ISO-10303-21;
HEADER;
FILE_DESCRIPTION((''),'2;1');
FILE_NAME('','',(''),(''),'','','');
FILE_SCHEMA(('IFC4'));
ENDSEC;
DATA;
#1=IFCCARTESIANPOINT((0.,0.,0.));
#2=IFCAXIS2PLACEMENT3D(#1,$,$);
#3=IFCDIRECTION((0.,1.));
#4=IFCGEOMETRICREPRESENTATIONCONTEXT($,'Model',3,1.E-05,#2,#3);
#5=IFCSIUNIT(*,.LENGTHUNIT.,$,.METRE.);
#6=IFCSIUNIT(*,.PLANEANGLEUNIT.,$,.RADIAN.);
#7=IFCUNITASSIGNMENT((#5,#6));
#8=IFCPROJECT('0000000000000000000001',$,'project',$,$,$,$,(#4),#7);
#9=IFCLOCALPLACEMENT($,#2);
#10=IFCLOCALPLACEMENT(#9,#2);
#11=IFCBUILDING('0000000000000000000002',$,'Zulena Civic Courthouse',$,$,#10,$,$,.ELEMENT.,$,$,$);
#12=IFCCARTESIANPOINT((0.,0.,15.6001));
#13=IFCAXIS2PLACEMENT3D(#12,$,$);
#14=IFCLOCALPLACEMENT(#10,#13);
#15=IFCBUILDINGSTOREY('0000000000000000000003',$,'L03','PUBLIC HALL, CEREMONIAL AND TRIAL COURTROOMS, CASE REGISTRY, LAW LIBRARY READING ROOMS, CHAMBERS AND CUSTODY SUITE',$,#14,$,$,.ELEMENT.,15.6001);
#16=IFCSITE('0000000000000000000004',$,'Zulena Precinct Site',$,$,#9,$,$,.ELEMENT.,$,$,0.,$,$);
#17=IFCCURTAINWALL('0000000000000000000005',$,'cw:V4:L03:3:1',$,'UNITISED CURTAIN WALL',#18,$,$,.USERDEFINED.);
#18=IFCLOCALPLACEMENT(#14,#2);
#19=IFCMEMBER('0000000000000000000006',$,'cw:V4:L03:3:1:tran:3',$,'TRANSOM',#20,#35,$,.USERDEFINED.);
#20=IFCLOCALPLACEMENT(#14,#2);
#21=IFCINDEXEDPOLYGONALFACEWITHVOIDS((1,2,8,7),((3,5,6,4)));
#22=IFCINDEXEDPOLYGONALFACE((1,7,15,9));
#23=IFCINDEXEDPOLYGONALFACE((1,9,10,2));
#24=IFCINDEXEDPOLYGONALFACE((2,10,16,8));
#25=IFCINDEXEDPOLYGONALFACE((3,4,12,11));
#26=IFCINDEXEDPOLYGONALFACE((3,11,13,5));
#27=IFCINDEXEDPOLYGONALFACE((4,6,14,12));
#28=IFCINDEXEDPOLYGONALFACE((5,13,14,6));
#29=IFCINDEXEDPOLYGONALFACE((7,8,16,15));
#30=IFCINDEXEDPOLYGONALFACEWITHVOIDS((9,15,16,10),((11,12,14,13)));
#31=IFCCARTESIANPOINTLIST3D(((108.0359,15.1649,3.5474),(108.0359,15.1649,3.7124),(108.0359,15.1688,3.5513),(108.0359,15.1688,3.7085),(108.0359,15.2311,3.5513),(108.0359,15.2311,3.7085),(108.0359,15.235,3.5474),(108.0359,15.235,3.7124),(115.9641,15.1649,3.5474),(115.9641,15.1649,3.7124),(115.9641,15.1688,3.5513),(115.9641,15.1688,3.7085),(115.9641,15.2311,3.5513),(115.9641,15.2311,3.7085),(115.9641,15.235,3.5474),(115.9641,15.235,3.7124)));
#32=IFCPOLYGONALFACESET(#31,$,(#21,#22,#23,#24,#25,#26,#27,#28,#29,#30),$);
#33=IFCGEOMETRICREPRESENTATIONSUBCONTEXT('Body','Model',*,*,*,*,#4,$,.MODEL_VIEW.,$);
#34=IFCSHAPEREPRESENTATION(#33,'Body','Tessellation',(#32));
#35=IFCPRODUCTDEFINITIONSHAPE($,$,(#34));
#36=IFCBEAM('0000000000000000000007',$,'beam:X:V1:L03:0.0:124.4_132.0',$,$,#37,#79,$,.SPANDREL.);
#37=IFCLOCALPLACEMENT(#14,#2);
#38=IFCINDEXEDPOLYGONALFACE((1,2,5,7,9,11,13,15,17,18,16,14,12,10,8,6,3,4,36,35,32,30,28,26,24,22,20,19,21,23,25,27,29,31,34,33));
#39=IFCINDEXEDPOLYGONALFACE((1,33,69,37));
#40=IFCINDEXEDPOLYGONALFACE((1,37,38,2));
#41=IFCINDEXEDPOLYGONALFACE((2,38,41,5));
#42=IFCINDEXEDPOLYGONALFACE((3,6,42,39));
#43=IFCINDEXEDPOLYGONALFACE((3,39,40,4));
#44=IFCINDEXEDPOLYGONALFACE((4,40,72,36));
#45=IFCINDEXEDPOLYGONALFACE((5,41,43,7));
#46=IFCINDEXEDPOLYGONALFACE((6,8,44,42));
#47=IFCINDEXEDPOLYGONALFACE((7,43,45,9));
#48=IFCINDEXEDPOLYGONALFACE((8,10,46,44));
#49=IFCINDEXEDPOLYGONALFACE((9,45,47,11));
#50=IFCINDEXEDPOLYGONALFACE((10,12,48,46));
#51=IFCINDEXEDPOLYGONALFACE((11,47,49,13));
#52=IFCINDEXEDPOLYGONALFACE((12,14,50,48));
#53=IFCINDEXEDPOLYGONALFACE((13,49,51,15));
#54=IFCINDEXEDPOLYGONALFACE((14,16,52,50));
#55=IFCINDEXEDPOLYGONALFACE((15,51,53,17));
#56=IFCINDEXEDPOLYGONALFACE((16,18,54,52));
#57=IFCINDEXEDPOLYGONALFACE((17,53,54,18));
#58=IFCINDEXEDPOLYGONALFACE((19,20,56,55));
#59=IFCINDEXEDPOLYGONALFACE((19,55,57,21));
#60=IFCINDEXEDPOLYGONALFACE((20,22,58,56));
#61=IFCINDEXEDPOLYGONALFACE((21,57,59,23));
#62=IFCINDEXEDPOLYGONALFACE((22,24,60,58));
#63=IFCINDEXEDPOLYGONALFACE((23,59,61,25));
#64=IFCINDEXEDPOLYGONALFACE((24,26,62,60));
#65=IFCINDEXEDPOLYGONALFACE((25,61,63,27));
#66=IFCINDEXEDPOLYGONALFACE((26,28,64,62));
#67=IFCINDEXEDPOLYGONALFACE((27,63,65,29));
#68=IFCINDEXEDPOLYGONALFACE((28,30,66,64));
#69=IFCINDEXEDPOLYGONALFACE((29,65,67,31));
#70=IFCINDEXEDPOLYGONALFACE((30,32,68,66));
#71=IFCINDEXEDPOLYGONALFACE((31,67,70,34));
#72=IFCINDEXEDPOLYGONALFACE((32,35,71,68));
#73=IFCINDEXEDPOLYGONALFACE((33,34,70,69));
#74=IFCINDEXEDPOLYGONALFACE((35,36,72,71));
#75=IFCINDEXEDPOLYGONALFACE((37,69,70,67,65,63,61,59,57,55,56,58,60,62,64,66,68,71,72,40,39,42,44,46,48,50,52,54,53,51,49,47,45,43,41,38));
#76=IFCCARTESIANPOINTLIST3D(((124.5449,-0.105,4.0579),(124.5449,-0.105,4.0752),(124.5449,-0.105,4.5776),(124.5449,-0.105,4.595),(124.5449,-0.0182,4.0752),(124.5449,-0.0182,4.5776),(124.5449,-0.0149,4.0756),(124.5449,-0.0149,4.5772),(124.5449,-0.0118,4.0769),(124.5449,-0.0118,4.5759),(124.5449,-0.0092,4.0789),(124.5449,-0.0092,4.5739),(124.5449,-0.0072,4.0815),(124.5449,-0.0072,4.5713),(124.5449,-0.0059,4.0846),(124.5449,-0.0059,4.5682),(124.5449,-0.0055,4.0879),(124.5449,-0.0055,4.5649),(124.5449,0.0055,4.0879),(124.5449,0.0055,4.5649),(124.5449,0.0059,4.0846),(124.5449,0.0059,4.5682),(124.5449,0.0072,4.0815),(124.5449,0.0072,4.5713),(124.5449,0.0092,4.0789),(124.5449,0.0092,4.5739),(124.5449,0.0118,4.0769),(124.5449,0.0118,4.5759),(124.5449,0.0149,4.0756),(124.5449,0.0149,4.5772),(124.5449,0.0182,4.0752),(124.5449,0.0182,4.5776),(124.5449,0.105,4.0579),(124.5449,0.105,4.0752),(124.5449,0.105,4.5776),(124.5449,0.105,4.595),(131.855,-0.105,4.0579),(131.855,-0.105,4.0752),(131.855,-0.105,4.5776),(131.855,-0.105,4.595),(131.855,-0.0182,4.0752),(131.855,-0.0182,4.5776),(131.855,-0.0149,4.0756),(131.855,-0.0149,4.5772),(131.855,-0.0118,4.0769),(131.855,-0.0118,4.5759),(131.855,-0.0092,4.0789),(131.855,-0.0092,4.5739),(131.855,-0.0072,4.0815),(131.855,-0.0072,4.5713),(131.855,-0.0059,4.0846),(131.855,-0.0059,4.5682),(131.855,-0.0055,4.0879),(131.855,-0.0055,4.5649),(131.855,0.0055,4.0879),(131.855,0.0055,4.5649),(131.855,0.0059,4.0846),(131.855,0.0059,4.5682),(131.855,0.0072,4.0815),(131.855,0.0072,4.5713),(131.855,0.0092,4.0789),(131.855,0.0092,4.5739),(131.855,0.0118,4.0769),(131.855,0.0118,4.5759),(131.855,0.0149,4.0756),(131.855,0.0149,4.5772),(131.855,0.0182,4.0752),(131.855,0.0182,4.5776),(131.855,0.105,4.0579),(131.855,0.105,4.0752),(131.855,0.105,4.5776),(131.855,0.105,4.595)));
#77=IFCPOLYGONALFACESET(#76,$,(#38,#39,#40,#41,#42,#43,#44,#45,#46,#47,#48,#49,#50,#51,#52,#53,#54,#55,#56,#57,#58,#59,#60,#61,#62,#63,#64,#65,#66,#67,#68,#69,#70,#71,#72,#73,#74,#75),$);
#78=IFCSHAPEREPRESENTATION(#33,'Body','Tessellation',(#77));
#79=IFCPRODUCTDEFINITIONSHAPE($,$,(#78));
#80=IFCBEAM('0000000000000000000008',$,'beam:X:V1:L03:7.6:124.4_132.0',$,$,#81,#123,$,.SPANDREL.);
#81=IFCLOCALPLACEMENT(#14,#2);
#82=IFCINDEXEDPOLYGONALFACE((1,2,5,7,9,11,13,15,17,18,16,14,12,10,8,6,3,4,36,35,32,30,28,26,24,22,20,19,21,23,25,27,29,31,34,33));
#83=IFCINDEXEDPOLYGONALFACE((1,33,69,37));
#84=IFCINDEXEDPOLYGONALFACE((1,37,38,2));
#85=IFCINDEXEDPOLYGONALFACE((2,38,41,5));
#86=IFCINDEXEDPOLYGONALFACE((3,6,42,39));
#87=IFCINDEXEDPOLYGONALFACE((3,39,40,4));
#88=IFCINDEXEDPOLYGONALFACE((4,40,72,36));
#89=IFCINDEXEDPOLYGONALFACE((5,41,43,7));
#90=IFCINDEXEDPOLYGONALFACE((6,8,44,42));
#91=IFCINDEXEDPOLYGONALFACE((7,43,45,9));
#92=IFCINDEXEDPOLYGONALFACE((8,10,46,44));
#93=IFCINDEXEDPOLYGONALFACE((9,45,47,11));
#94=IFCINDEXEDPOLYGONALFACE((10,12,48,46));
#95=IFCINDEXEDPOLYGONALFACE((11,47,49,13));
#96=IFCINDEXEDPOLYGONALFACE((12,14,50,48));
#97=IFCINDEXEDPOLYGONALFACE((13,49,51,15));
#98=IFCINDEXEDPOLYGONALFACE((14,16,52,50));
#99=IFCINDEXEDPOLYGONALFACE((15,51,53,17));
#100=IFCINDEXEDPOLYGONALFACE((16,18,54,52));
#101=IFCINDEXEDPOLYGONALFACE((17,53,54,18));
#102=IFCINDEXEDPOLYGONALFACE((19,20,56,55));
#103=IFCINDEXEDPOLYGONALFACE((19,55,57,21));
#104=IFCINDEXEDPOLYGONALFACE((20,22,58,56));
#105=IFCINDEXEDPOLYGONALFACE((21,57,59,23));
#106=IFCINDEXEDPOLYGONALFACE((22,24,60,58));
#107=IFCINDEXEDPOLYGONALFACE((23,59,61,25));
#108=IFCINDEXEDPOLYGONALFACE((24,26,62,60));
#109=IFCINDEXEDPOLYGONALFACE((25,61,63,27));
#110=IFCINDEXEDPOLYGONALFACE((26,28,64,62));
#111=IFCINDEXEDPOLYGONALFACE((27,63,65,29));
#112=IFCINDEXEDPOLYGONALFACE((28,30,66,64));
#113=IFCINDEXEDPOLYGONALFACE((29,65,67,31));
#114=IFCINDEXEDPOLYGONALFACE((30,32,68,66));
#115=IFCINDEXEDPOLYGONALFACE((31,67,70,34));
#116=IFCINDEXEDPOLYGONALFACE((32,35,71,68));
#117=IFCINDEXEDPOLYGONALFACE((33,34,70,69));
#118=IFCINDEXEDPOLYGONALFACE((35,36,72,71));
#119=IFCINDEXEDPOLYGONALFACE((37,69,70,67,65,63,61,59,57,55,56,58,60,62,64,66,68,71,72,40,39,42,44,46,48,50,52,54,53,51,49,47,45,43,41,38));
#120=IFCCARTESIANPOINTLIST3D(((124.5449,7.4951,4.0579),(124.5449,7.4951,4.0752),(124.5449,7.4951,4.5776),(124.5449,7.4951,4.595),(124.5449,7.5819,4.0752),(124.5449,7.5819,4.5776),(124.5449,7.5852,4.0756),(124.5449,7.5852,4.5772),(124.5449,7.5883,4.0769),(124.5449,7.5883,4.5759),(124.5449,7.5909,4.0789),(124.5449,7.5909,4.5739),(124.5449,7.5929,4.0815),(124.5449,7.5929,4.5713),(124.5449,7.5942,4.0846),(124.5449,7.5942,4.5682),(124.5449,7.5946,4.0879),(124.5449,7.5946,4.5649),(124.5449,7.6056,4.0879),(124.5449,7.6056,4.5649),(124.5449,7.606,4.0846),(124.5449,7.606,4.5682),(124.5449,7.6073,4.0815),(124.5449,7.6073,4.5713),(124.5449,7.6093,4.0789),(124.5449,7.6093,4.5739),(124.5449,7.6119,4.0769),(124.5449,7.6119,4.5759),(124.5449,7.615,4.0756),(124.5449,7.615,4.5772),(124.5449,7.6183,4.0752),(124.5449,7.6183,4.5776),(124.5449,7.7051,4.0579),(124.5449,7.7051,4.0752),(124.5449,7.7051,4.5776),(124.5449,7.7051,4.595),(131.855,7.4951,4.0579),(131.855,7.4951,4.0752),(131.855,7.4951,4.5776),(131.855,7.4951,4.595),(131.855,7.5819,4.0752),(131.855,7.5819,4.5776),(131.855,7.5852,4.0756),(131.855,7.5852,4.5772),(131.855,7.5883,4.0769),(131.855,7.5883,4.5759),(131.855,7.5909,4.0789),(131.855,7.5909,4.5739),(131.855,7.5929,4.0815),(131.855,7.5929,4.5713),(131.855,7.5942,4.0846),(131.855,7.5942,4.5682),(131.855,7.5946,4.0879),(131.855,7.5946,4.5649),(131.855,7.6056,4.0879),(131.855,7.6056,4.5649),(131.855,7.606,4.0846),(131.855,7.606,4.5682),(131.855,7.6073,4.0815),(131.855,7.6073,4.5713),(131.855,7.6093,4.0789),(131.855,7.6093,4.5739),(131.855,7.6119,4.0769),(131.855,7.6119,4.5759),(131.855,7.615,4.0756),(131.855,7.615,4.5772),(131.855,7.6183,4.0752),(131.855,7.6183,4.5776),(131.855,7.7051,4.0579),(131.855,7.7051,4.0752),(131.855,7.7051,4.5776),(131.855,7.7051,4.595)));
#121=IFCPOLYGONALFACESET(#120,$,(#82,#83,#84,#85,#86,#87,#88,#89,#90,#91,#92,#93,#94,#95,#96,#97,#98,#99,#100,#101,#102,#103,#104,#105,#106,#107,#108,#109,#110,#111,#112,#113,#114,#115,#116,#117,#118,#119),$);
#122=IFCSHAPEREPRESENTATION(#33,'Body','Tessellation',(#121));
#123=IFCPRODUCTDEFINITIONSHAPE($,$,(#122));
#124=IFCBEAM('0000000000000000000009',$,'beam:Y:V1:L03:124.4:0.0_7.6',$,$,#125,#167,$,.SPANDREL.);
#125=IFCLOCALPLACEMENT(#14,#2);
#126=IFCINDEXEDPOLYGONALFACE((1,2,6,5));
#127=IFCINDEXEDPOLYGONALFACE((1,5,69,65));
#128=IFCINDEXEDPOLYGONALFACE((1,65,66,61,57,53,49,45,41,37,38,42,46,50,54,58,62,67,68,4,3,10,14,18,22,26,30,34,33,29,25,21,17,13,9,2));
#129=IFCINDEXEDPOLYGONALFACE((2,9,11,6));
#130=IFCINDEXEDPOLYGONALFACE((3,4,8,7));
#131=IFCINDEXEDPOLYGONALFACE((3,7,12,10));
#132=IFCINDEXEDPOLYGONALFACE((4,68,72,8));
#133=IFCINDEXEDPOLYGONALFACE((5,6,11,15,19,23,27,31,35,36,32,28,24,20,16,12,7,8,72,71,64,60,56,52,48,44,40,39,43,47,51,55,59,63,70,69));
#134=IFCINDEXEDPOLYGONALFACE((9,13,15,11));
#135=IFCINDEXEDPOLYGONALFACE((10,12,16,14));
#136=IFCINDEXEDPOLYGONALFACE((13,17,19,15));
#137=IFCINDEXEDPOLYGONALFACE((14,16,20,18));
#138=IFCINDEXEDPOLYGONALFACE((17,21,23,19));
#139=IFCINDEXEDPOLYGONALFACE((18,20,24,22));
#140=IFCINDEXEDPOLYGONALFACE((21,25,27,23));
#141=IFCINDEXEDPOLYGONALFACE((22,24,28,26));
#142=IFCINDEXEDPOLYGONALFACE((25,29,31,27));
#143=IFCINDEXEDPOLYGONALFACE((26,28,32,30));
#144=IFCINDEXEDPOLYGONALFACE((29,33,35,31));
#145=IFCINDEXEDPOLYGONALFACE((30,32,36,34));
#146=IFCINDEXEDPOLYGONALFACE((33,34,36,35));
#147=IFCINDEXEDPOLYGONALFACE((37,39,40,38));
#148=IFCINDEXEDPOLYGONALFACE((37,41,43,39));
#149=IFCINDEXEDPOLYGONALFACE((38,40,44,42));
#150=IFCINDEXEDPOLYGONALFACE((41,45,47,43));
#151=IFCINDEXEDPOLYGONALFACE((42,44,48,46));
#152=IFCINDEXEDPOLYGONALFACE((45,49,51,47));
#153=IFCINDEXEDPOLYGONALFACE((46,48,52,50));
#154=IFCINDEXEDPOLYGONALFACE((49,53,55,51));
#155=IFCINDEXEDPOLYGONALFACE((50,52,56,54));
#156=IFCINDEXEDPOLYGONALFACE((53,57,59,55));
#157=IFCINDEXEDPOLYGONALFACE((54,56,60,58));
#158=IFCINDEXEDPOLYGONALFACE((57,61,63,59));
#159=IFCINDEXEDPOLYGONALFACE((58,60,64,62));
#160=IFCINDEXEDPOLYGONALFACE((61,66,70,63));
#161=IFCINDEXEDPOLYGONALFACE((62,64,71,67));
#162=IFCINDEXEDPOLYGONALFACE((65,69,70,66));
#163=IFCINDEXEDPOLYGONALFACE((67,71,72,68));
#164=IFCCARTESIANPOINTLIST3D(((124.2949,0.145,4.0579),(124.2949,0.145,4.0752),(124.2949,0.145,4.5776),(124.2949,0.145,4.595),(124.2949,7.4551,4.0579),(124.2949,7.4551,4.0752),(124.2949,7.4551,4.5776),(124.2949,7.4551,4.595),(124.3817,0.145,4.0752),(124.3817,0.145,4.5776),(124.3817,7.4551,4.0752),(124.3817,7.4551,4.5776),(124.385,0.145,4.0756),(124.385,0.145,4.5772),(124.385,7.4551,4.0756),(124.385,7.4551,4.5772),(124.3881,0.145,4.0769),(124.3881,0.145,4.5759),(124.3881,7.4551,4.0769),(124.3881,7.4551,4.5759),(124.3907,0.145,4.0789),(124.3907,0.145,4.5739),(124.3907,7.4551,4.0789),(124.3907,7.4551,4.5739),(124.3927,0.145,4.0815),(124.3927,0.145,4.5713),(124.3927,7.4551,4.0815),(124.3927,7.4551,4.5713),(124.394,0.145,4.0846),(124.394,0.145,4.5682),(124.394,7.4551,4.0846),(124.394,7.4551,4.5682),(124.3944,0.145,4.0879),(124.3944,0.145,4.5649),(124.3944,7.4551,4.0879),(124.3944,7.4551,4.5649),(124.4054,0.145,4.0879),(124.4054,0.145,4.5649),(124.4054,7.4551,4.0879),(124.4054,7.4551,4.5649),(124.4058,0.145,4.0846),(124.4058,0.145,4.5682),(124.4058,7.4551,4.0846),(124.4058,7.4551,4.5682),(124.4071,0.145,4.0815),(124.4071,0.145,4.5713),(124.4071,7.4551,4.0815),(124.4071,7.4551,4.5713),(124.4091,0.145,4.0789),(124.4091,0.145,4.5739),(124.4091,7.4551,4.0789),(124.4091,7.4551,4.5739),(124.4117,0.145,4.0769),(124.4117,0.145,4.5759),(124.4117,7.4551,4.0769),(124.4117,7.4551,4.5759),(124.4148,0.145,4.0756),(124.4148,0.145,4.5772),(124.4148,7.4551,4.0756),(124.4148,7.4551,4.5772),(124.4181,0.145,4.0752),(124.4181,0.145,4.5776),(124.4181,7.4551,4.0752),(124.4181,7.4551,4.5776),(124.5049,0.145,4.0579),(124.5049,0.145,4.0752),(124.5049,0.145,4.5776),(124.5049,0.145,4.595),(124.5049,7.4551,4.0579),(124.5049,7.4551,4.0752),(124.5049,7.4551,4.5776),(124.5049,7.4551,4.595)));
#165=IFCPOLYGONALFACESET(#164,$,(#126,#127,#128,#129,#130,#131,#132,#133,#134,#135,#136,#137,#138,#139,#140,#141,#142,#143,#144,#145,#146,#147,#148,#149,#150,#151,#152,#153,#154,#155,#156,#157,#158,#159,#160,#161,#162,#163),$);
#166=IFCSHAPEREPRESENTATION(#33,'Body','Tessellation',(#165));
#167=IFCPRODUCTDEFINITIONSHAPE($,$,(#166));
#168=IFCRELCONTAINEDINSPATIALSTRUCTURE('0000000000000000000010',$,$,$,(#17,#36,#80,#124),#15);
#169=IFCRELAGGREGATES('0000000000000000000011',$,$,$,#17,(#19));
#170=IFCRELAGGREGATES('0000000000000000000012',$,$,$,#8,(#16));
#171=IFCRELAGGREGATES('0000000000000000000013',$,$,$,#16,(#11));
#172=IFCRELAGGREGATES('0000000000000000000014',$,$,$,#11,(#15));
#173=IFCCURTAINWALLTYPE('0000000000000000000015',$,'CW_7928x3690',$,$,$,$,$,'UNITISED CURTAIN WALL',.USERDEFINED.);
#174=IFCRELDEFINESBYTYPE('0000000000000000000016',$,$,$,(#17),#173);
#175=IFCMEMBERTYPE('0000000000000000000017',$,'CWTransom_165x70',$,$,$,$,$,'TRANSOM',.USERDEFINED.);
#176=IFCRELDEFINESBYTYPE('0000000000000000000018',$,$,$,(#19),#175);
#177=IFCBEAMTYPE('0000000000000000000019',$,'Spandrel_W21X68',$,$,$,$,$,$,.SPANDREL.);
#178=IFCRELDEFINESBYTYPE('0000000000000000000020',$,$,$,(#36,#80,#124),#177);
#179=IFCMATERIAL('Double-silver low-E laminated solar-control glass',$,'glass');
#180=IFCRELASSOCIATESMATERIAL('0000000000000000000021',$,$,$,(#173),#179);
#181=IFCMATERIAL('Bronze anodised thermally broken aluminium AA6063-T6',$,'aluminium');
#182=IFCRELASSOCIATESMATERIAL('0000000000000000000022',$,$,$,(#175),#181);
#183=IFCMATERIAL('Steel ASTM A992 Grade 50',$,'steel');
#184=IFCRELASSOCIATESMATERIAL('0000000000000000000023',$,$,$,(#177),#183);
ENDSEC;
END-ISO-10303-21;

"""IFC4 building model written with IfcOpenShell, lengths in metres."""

from ifc_helpers import new_model, si_unit, direction, frame, origin, origin_2d, place, context, subcontext, project, spatial, hollow_rectangle, i_section, extrude, material, material_profile, profile_set, type_object, element, aggregate, save


model = new_model("IFC4")

# Units and contexts
model_context = context("Model", 3, precision=1e-05, world=origin(), true_north=direction((0.0, 1.0)))
body_context = subcontext(model_context, "Body", "Model", "MODEL_VIEW")
ifc_project = project(units=[si_unit("LENGTHUNIT", "METRE"), si_unit("PLANEANGLEUNIT", "RADIAN")], contexts=[model_context])

# Site, building, storey
site_placement = place(None, origin())
site = spatial("IfcSite", under=ifc_project, at=site_placement, Name="Zulena Precinct Site", CompositionType="ELEMENT", RefElevation=0.0)
building_placement = place(site_placement, origin())
building = spatial("IfcBuilding", under=site, at=building_placement, Name="Zulena Civic Courthouse", CompositionType="ELEMENT")
storey_placement = place(building_placement, frame((0.0, 0.0, 15.6001)))
storey = spatial("IfcBuildingStorey", under=building, at=storey_placement, Name="L03", Description="PUBLIC HALL, CEREMONIAL AND TRIAL COURTROOMS, CASE REGISTRY, LAW LIBRARY READING ROOMS, CHAMBERS AND CUSTODY SUITE", CompositionType="ELEMENT", Elevation=15.6001)

# Shared definitions
ifc_material_1 = material(Name="Steel ASTM A992 Grade 50", Category="steel")

# Shared definitions
ifc_material_2 = material(Name="Double-silver low-E laminated solar-control glass", Category="glass")
ifc_material_3 = material(Name="Bronze anodised thermally broken aluminium AA6063-T6", Category="aluminium")

# Shared definitions
curtain_wall_type_1 = type_object("IfcCurtainWallType", Name="CW_7928x3690", ElementType="UNITISED CURTAIN WALL", PredefinedType="USERDEFINED", material=ifc_material_2)

# Curtain wall, member
curtain_wall_1_placement = place(storey_placement, origin())
curtain_wall_1 = element("IfcCurtainWall", 1, at=curtain_wall_1_placement, inside=storey, type_object=curtain_wall_type_1, Name="cw:V4:L03:3:1", ObjectType="UNITISED CURTAIN WALL", PredefinedType="USERDEFINED")
ifc_material_profile_1 = material_profile(ifc_material_3, hollow_rectangle(XDim=0.0701, YDim=0.165, WallThickness=0.0039, at=origin_2d()), Name="CWT165X70X4")
ifc_profile_set_1 = profile_set([ifc_material_profile_1], Name="Bronze anodised thermally broken aluminium AA6063-T6")
member_type_1 = type_object("IfcMemberType", Name="CWTransom_165x70", ElementType="TRANSOM", PredefinedType="USERDEFINED", material=ifc_profile_set_1)
member_1_placement = place(storey_placement, frame((115.9641, 15.2, 3.6299), z_axis=(-1.0, 0.0, 0.0), x_axis=(0.0, -1.0, 0.0)))
member_1 = element("IfcMember", 2, at=member_1_placement, type_object=member_type_1, Name="cw:V4:L03:3:1:tran:3", ObjectType="TRANSOM", PredefinedType="USERDEFINED", context=body_context, shape_type="SweptSolid", body=[
    extrude(hollow_rectangle(XDim=0.0701, YDim=0.165, WallThickness=0.0039, at=origin_2d()), origin(), (0.0, 0.0, 1.0), 7.9282),
])
aggregate(curtain_wall_1, [member_1])

# Beams
ifc_material_profile_2 = material_profile(ifc_material_1, i_section(OverallWidth=0.21, OverallDepth=0.5371, WebThickness=0.011, FlangeThickness=0.0173, FilletRadius=0.0127, at=origin_2d()), Name="W21X68")
ifc_profile_set_2 = profile_set([ifc_material_profile_2], Name="Steel ASTM A992 Grade 50")
beam_type = type_object("IfcBeamType", Name="Spandrel_W21X68", PredefinedType="SPANDREL", material=ifc_profile_set_2)
for number, where, z_axis, x_axis, name in (
    (3, (124.5449, 0.0, 4.3264), (1.0, 0.0, 0.0), (0.0, 1.0, 0.0), "beam:X:V1:L03:0.0:124.4_132.0"),
    (4, (124.5449, 7.6001, 4.3264), (1.0, 0.0, 0.0), (0.0, 1.0, 0.0), "beam:X:V1:L03:7.6:124.4_132.0"),
    (5, (124.3999, 0.145, 4.3264), (0.0, 1.0, 0.0), (-1.0, 0.0, 0.0), "beam:Y:V1:L03:124.4:0.0_7.6"),
):
    element("IfcBeam", number, at=place(storey_placement, frame(where, z_axis=z_axis, x_axis=x_axis)), inside=storey, type_object=beam_type, Name=name, PredefinedType="SPANDREL", context=body_context, shape_type="SweptSolid", body=[
        extrude(i_section(OverallWidth=0.21, OverallDepth=0.5371, WebThickness=0.011, FlangeThickness=0.0173, FilletRadius=0.0127, at=origin_2d()), origin(), (0.0, 0.0, 1.0), 7.3101),
    ])

save(model, "model.ifc")
